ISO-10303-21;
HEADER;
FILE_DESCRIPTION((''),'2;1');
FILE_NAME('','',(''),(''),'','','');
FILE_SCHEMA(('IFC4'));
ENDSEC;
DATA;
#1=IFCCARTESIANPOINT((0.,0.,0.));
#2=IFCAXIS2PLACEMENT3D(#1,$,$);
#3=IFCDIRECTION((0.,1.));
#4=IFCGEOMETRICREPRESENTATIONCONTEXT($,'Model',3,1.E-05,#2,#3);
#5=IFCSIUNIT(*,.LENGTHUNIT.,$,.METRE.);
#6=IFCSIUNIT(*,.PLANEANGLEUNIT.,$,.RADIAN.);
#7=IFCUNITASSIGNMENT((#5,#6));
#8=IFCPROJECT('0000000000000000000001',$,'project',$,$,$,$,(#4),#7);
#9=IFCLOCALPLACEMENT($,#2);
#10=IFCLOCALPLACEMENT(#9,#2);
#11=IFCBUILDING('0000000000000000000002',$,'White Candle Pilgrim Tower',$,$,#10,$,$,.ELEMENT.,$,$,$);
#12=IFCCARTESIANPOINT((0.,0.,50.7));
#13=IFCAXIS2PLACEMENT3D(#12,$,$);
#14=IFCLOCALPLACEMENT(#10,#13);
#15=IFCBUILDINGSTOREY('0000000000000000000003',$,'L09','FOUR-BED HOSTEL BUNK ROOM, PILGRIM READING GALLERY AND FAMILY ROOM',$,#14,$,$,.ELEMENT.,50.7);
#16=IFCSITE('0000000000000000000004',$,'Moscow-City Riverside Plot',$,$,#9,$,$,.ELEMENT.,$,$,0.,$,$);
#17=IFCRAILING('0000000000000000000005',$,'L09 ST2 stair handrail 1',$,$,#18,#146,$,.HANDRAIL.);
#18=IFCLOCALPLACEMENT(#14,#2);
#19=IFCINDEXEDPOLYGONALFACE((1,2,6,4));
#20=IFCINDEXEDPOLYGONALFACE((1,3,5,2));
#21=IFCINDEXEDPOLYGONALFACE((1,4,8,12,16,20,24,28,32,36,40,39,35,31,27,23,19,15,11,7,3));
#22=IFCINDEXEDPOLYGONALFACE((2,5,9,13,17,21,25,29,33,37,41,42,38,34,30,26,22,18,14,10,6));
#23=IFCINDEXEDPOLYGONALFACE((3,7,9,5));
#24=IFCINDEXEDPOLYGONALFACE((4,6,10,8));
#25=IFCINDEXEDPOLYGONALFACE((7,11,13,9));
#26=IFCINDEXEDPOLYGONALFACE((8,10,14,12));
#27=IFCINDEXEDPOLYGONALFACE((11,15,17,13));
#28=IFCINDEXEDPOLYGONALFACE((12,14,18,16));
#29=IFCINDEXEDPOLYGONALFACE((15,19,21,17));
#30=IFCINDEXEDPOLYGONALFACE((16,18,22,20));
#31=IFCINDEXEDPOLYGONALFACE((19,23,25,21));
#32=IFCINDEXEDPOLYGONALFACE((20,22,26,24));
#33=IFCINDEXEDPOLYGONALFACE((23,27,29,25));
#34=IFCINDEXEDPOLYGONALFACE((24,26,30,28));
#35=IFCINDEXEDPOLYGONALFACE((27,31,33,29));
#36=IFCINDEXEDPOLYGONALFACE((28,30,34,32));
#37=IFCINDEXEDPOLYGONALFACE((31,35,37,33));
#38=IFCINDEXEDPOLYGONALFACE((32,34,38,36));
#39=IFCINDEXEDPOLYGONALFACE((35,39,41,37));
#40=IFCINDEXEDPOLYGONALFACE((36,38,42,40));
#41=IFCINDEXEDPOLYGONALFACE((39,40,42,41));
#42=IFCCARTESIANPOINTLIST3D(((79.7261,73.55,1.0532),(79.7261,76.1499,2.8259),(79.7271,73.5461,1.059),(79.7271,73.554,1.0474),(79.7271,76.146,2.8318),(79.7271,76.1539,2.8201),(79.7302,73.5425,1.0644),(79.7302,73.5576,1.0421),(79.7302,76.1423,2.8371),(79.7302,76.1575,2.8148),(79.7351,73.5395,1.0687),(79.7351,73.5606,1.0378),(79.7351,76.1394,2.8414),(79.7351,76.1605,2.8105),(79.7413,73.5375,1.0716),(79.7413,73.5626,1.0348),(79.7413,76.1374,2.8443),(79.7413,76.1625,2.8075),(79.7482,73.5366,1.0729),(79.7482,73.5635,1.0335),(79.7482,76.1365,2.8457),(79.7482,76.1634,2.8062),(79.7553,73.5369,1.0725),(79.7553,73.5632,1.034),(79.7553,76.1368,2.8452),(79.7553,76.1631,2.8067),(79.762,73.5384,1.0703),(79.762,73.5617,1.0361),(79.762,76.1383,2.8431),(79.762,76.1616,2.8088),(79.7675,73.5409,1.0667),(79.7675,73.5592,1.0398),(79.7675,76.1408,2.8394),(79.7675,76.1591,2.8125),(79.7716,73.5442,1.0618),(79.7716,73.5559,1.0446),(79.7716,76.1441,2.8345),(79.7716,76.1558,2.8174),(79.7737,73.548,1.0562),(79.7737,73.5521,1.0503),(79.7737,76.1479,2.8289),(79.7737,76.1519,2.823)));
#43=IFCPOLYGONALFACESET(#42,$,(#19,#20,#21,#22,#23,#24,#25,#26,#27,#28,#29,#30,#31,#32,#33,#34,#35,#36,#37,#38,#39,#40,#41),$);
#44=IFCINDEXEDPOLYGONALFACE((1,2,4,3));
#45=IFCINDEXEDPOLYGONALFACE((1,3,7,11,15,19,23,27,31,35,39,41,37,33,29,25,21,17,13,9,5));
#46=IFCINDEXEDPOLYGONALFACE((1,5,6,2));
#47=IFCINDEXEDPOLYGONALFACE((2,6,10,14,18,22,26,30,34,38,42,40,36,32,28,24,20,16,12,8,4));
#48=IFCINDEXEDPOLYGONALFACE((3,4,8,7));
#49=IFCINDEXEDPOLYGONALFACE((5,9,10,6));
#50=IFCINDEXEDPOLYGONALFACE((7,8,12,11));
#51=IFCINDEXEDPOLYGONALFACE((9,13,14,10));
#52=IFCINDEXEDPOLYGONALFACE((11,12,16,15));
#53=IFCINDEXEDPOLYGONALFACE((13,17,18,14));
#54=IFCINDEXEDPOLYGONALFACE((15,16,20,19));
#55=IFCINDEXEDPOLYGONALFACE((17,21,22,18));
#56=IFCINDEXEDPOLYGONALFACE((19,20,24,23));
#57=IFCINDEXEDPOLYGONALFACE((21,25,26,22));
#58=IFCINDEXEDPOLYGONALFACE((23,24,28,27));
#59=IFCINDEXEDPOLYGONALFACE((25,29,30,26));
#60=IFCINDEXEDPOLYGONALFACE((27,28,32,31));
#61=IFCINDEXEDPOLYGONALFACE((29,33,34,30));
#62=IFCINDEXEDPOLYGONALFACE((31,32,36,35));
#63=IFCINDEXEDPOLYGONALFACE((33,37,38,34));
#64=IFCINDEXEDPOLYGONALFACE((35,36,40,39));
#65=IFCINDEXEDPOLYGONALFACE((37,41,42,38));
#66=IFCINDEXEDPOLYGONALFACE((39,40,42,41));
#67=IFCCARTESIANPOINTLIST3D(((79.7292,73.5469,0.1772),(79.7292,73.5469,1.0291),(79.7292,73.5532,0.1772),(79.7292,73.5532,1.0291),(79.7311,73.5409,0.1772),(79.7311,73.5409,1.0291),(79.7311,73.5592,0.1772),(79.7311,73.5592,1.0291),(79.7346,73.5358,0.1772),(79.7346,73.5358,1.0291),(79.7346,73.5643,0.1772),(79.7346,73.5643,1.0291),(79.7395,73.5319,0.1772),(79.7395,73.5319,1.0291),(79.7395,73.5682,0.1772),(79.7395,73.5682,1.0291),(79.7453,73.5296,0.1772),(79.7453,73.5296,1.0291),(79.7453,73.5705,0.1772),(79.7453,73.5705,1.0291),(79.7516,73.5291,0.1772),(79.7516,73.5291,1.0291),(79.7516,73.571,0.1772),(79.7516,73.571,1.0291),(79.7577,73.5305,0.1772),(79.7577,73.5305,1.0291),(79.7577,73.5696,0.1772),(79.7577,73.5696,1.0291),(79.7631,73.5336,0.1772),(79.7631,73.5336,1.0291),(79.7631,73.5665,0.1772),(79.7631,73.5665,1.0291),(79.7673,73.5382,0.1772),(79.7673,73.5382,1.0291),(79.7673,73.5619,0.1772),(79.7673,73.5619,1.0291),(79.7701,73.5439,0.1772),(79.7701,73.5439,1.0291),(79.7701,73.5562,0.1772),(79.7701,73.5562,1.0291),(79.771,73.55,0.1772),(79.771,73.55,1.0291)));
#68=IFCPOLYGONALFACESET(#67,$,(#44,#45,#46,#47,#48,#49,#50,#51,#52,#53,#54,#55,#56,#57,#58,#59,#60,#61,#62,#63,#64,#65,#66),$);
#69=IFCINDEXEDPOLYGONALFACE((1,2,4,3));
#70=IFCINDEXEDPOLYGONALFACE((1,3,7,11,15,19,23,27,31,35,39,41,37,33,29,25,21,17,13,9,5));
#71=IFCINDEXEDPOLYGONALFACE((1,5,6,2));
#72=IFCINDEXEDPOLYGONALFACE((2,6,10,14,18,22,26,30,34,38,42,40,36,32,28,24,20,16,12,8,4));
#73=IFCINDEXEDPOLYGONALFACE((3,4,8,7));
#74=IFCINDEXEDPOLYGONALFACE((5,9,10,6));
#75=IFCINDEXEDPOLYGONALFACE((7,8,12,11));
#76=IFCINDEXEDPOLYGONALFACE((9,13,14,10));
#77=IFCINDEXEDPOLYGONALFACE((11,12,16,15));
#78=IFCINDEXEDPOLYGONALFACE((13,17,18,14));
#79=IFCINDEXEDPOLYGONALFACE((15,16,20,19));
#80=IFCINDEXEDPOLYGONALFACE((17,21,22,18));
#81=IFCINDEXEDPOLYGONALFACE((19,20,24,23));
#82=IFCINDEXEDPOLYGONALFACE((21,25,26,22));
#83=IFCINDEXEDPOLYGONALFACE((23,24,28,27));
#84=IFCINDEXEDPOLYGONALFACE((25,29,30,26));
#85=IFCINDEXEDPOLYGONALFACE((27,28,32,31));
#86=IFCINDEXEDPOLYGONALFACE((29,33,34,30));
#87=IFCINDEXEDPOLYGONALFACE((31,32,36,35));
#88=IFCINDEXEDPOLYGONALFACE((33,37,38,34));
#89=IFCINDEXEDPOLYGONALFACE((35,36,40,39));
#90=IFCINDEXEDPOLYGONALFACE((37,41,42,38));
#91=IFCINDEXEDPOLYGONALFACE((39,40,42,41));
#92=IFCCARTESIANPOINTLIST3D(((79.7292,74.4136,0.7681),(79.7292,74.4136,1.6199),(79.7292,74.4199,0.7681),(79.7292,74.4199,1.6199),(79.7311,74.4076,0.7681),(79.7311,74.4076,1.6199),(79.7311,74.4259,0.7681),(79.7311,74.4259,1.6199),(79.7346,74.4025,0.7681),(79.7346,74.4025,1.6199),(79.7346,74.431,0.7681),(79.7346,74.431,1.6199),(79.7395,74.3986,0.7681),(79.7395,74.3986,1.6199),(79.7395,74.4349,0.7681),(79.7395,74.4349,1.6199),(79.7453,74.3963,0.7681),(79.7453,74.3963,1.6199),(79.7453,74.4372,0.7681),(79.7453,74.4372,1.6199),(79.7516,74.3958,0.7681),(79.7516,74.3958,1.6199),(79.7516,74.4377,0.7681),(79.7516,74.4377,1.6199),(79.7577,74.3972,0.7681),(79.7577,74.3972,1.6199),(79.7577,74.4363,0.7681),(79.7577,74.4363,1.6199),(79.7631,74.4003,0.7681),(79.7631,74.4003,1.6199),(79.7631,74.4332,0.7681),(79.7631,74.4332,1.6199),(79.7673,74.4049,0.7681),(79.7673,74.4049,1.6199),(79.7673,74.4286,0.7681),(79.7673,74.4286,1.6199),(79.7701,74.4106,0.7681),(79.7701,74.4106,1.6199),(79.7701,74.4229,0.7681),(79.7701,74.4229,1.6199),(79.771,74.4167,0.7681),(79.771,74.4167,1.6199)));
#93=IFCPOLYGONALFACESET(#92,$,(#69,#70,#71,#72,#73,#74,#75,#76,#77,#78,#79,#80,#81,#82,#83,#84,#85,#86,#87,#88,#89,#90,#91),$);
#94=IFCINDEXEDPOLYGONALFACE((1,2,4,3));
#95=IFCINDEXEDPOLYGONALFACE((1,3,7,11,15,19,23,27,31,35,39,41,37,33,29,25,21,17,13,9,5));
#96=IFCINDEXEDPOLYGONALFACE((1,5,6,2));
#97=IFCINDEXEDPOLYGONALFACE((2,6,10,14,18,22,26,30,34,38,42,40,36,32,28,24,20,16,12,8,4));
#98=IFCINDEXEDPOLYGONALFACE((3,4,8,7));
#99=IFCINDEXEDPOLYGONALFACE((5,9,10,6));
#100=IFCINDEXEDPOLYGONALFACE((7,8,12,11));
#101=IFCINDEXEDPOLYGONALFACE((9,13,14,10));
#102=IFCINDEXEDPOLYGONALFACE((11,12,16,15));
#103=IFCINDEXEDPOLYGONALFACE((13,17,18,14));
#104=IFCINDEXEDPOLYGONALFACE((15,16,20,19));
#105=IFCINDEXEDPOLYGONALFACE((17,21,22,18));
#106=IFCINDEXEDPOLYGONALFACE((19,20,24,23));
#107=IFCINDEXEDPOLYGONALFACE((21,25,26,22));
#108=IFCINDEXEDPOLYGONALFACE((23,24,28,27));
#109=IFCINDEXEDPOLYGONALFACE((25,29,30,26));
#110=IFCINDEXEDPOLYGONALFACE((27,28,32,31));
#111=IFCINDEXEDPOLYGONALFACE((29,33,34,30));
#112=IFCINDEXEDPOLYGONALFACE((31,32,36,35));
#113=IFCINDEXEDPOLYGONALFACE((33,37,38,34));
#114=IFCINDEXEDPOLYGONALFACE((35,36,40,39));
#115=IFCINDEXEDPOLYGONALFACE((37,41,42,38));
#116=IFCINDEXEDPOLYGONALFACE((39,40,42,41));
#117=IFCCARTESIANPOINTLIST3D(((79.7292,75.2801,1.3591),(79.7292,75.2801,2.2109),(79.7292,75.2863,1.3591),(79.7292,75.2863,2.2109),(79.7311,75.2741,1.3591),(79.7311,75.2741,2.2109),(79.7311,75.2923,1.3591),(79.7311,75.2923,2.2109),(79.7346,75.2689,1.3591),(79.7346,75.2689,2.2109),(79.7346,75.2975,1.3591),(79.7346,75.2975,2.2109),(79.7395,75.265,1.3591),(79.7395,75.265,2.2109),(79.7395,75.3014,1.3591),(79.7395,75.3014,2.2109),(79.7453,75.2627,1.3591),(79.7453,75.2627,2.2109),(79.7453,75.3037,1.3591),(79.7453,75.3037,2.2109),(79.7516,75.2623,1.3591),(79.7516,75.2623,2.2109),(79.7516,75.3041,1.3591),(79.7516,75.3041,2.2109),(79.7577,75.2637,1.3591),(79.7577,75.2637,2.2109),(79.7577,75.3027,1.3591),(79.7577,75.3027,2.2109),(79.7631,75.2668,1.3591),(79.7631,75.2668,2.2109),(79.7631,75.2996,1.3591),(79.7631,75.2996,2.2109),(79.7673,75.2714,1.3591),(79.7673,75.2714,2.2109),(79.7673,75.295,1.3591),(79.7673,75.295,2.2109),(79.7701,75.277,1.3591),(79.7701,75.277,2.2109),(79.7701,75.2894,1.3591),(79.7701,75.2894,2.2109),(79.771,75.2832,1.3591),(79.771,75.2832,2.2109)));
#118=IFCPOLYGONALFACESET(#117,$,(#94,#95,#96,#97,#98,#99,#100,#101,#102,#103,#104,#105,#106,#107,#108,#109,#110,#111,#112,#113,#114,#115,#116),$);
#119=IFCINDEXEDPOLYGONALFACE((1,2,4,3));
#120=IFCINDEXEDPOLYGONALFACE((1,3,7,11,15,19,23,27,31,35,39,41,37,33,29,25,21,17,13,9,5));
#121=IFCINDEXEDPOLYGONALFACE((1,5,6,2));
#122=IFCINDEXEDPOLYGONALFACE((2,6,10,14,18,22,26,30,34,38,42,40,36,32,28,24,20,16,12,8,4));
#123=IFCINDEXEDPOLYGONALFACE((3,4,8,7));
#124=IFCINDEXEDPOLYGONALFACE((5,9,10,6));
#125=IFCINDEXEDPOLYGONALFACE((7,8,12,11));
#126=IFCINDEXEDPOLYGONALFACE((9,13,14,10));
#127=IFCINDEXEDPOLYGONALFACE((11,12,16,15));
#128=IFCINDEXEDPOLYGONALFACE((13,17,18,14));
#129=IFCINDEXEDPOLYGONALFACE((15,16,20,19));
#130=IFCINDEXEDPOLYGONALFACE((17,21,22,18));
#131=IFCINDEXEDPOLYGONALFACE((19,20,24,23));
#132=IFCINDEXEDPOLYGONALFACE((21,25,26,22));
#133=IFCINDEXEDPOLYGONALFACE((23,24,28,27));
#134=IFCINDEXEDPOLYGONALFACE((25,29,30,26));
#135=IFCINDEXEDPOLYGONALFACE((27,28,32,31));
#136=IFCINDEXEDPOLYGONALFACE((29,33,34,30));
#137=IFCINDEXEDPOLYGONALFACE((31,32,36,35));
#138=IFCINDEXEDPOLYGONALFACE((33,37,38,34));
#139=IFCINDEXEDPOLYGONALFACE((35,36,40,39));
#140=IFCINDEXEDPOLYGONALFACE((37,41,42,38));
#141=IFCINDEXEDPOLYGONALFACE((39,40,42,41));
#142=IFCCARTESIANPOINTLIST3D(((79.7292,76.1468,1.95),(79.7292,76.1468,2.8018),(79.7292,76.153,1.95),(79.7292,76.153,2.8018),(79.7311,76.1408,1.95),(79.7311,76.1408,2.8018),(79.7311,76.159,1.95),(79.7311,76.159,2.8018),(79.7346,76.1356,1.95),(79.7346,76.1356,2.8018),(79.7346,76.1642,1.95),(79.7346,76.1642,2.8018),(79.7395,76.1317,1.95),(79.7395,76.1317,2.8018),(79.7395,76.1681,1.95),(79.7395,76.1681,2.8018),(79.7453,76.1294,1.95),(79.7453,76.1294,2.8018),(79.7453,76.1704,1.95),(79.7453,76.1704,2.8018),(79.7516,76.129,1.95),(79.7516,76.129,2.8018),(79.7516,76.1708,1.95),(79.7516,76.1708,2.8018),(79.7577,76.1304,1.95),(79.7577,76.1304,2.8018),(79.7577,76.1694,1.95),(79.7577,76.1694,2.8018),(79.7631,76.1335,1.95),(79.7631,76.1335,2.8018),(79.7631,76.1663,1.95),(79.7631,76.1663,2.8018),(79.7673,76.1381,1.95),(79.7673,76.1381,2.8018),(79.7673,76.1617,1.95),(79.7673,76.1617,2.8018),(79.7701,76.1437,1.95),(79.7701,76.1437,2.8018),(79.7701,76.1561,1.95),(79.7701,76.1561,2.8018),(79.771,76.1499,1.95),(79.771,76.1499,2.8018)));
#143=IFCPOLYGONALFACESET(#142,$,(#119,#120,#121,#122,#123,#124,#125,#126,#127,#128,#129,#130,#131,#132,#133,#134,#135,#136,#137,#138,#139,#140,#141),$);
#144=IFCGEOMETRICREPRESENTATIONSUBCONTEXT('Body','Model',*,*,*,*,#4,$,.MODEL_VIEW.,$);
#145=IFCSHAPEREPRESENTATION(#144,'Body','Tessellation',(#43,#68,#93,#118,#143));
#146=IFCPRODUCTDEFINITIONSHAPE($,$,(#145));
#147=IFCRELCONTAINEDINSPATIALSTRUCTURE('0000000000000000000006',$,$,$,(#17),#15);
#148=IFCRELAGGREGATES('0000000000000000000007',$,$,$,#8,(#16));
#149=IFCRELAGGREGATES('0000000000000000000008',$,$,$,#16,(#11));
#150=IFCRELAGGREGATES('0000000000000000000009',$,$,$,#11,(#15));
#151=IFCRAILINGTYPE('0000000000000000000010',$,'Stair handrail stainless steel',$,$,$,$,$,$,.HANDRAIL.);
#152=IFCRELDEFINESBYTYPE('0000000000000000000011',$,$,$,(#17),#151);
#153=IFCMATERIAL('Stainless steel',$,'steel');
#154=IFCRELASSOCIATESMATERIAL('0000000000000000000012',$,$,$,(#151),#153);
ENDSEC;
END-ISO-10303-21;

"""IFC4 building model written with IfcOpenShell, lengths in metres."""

from ifc_helpers import new_model, si_unit, direction, frame, origin, origin_2d, place, context, subcontext, project, spatial, circle, extrude, material, type_object, element, save


model = new_model("IFC4")

# Units and contexts
model_context = context("Model", 3, precision=1e-05, world=origin(), true_north=direction((0.0, 1.0)))
body_context = subcontext(model_context, "Body", "Model", "MODEL_VIEW")
ifc_project = project(units=[si_unit("LENGTHUNIT", "METRE"), si_unit("PLANEANGLEUNIT", "RADIAN")], contexts=[model_context])

# Site, building, storey
site_placement = place(None, origin())
site = spatial("IfcSite", under=ifc_project, at=site_placement, Name="Moscow-City Riverside Plot", CompositionType="ELEMENT", RefElevation=0.0)
building_placement = place(site_placement, origin())
building = spatial("IfcBuilding", under=site, at=building_placement, Name="White Candle Pilgrim Tower", CompositionType="ELEMENT")
storey_placement = place(building_placement, frame((0.0, 0.0, 50.7)))
storey = spatial("IfcBuildingStorey", under=building, at=storey_placement, Name="L09", Description="FOUR-BED HOSTEL BUNK ROOM, PILGRIM READING GALLERY AND FAMILY ROOM", CompositionType="ELEMENT", Elevation=50.7)

# Railing
ifc_material_1 = material(Name="Stainless steel", Category="steel")
railing_type_1 = type_object("IfcRailingType", Name="Stair handrail stainless steel", PredefinedType="HANDRAIL", material=ifc_material_1)
railing_1_placement = place(storey_placement, frame((79.75, 73.55, 0.1772)))
element("IfcRailing", 1, at=railing_1_placement, inside=storey, type_object=railing_type_1, Name="L09 ST2 stair handrail 1", PredefinedType="HANDRAIL", context=body_context, shape_type="SweptSolid", body=[
    extrude(circle(Radius=0.0239, at=origin_2d()), frame((0.0, 0.0, 0.876), z_axis=(0.0, 0.826216, 0.563354), x_axis=(-1.0, 0.0, 0.0)), (0.0, 0.0, 1.0), 3.1467),
    extrude(circle(Radius=0.021, at=origin_2d()), origin(), (0.0, 0.0, 1.0), 0.8518),
    extrude(circle(Radius=0.021, at=origin_2d()), frame((0.0, 0.8667, 0.5908)), (0.0, 0.0, 1.0), 0.8518),
    extrude(circle(Radius=0.021, at=origin_2d()), frame((0.0, 1.7332, 1.1819)), (0.0, 0.0, 1.0), 0.8518),
    extrude(circle(Radius=0.021, at=origin_2d()), frame((0.0, 2.5999, 1.7727)), (0.0, 0.0, 1.0), 0.8518),
])

save(model, "model.ifc")
